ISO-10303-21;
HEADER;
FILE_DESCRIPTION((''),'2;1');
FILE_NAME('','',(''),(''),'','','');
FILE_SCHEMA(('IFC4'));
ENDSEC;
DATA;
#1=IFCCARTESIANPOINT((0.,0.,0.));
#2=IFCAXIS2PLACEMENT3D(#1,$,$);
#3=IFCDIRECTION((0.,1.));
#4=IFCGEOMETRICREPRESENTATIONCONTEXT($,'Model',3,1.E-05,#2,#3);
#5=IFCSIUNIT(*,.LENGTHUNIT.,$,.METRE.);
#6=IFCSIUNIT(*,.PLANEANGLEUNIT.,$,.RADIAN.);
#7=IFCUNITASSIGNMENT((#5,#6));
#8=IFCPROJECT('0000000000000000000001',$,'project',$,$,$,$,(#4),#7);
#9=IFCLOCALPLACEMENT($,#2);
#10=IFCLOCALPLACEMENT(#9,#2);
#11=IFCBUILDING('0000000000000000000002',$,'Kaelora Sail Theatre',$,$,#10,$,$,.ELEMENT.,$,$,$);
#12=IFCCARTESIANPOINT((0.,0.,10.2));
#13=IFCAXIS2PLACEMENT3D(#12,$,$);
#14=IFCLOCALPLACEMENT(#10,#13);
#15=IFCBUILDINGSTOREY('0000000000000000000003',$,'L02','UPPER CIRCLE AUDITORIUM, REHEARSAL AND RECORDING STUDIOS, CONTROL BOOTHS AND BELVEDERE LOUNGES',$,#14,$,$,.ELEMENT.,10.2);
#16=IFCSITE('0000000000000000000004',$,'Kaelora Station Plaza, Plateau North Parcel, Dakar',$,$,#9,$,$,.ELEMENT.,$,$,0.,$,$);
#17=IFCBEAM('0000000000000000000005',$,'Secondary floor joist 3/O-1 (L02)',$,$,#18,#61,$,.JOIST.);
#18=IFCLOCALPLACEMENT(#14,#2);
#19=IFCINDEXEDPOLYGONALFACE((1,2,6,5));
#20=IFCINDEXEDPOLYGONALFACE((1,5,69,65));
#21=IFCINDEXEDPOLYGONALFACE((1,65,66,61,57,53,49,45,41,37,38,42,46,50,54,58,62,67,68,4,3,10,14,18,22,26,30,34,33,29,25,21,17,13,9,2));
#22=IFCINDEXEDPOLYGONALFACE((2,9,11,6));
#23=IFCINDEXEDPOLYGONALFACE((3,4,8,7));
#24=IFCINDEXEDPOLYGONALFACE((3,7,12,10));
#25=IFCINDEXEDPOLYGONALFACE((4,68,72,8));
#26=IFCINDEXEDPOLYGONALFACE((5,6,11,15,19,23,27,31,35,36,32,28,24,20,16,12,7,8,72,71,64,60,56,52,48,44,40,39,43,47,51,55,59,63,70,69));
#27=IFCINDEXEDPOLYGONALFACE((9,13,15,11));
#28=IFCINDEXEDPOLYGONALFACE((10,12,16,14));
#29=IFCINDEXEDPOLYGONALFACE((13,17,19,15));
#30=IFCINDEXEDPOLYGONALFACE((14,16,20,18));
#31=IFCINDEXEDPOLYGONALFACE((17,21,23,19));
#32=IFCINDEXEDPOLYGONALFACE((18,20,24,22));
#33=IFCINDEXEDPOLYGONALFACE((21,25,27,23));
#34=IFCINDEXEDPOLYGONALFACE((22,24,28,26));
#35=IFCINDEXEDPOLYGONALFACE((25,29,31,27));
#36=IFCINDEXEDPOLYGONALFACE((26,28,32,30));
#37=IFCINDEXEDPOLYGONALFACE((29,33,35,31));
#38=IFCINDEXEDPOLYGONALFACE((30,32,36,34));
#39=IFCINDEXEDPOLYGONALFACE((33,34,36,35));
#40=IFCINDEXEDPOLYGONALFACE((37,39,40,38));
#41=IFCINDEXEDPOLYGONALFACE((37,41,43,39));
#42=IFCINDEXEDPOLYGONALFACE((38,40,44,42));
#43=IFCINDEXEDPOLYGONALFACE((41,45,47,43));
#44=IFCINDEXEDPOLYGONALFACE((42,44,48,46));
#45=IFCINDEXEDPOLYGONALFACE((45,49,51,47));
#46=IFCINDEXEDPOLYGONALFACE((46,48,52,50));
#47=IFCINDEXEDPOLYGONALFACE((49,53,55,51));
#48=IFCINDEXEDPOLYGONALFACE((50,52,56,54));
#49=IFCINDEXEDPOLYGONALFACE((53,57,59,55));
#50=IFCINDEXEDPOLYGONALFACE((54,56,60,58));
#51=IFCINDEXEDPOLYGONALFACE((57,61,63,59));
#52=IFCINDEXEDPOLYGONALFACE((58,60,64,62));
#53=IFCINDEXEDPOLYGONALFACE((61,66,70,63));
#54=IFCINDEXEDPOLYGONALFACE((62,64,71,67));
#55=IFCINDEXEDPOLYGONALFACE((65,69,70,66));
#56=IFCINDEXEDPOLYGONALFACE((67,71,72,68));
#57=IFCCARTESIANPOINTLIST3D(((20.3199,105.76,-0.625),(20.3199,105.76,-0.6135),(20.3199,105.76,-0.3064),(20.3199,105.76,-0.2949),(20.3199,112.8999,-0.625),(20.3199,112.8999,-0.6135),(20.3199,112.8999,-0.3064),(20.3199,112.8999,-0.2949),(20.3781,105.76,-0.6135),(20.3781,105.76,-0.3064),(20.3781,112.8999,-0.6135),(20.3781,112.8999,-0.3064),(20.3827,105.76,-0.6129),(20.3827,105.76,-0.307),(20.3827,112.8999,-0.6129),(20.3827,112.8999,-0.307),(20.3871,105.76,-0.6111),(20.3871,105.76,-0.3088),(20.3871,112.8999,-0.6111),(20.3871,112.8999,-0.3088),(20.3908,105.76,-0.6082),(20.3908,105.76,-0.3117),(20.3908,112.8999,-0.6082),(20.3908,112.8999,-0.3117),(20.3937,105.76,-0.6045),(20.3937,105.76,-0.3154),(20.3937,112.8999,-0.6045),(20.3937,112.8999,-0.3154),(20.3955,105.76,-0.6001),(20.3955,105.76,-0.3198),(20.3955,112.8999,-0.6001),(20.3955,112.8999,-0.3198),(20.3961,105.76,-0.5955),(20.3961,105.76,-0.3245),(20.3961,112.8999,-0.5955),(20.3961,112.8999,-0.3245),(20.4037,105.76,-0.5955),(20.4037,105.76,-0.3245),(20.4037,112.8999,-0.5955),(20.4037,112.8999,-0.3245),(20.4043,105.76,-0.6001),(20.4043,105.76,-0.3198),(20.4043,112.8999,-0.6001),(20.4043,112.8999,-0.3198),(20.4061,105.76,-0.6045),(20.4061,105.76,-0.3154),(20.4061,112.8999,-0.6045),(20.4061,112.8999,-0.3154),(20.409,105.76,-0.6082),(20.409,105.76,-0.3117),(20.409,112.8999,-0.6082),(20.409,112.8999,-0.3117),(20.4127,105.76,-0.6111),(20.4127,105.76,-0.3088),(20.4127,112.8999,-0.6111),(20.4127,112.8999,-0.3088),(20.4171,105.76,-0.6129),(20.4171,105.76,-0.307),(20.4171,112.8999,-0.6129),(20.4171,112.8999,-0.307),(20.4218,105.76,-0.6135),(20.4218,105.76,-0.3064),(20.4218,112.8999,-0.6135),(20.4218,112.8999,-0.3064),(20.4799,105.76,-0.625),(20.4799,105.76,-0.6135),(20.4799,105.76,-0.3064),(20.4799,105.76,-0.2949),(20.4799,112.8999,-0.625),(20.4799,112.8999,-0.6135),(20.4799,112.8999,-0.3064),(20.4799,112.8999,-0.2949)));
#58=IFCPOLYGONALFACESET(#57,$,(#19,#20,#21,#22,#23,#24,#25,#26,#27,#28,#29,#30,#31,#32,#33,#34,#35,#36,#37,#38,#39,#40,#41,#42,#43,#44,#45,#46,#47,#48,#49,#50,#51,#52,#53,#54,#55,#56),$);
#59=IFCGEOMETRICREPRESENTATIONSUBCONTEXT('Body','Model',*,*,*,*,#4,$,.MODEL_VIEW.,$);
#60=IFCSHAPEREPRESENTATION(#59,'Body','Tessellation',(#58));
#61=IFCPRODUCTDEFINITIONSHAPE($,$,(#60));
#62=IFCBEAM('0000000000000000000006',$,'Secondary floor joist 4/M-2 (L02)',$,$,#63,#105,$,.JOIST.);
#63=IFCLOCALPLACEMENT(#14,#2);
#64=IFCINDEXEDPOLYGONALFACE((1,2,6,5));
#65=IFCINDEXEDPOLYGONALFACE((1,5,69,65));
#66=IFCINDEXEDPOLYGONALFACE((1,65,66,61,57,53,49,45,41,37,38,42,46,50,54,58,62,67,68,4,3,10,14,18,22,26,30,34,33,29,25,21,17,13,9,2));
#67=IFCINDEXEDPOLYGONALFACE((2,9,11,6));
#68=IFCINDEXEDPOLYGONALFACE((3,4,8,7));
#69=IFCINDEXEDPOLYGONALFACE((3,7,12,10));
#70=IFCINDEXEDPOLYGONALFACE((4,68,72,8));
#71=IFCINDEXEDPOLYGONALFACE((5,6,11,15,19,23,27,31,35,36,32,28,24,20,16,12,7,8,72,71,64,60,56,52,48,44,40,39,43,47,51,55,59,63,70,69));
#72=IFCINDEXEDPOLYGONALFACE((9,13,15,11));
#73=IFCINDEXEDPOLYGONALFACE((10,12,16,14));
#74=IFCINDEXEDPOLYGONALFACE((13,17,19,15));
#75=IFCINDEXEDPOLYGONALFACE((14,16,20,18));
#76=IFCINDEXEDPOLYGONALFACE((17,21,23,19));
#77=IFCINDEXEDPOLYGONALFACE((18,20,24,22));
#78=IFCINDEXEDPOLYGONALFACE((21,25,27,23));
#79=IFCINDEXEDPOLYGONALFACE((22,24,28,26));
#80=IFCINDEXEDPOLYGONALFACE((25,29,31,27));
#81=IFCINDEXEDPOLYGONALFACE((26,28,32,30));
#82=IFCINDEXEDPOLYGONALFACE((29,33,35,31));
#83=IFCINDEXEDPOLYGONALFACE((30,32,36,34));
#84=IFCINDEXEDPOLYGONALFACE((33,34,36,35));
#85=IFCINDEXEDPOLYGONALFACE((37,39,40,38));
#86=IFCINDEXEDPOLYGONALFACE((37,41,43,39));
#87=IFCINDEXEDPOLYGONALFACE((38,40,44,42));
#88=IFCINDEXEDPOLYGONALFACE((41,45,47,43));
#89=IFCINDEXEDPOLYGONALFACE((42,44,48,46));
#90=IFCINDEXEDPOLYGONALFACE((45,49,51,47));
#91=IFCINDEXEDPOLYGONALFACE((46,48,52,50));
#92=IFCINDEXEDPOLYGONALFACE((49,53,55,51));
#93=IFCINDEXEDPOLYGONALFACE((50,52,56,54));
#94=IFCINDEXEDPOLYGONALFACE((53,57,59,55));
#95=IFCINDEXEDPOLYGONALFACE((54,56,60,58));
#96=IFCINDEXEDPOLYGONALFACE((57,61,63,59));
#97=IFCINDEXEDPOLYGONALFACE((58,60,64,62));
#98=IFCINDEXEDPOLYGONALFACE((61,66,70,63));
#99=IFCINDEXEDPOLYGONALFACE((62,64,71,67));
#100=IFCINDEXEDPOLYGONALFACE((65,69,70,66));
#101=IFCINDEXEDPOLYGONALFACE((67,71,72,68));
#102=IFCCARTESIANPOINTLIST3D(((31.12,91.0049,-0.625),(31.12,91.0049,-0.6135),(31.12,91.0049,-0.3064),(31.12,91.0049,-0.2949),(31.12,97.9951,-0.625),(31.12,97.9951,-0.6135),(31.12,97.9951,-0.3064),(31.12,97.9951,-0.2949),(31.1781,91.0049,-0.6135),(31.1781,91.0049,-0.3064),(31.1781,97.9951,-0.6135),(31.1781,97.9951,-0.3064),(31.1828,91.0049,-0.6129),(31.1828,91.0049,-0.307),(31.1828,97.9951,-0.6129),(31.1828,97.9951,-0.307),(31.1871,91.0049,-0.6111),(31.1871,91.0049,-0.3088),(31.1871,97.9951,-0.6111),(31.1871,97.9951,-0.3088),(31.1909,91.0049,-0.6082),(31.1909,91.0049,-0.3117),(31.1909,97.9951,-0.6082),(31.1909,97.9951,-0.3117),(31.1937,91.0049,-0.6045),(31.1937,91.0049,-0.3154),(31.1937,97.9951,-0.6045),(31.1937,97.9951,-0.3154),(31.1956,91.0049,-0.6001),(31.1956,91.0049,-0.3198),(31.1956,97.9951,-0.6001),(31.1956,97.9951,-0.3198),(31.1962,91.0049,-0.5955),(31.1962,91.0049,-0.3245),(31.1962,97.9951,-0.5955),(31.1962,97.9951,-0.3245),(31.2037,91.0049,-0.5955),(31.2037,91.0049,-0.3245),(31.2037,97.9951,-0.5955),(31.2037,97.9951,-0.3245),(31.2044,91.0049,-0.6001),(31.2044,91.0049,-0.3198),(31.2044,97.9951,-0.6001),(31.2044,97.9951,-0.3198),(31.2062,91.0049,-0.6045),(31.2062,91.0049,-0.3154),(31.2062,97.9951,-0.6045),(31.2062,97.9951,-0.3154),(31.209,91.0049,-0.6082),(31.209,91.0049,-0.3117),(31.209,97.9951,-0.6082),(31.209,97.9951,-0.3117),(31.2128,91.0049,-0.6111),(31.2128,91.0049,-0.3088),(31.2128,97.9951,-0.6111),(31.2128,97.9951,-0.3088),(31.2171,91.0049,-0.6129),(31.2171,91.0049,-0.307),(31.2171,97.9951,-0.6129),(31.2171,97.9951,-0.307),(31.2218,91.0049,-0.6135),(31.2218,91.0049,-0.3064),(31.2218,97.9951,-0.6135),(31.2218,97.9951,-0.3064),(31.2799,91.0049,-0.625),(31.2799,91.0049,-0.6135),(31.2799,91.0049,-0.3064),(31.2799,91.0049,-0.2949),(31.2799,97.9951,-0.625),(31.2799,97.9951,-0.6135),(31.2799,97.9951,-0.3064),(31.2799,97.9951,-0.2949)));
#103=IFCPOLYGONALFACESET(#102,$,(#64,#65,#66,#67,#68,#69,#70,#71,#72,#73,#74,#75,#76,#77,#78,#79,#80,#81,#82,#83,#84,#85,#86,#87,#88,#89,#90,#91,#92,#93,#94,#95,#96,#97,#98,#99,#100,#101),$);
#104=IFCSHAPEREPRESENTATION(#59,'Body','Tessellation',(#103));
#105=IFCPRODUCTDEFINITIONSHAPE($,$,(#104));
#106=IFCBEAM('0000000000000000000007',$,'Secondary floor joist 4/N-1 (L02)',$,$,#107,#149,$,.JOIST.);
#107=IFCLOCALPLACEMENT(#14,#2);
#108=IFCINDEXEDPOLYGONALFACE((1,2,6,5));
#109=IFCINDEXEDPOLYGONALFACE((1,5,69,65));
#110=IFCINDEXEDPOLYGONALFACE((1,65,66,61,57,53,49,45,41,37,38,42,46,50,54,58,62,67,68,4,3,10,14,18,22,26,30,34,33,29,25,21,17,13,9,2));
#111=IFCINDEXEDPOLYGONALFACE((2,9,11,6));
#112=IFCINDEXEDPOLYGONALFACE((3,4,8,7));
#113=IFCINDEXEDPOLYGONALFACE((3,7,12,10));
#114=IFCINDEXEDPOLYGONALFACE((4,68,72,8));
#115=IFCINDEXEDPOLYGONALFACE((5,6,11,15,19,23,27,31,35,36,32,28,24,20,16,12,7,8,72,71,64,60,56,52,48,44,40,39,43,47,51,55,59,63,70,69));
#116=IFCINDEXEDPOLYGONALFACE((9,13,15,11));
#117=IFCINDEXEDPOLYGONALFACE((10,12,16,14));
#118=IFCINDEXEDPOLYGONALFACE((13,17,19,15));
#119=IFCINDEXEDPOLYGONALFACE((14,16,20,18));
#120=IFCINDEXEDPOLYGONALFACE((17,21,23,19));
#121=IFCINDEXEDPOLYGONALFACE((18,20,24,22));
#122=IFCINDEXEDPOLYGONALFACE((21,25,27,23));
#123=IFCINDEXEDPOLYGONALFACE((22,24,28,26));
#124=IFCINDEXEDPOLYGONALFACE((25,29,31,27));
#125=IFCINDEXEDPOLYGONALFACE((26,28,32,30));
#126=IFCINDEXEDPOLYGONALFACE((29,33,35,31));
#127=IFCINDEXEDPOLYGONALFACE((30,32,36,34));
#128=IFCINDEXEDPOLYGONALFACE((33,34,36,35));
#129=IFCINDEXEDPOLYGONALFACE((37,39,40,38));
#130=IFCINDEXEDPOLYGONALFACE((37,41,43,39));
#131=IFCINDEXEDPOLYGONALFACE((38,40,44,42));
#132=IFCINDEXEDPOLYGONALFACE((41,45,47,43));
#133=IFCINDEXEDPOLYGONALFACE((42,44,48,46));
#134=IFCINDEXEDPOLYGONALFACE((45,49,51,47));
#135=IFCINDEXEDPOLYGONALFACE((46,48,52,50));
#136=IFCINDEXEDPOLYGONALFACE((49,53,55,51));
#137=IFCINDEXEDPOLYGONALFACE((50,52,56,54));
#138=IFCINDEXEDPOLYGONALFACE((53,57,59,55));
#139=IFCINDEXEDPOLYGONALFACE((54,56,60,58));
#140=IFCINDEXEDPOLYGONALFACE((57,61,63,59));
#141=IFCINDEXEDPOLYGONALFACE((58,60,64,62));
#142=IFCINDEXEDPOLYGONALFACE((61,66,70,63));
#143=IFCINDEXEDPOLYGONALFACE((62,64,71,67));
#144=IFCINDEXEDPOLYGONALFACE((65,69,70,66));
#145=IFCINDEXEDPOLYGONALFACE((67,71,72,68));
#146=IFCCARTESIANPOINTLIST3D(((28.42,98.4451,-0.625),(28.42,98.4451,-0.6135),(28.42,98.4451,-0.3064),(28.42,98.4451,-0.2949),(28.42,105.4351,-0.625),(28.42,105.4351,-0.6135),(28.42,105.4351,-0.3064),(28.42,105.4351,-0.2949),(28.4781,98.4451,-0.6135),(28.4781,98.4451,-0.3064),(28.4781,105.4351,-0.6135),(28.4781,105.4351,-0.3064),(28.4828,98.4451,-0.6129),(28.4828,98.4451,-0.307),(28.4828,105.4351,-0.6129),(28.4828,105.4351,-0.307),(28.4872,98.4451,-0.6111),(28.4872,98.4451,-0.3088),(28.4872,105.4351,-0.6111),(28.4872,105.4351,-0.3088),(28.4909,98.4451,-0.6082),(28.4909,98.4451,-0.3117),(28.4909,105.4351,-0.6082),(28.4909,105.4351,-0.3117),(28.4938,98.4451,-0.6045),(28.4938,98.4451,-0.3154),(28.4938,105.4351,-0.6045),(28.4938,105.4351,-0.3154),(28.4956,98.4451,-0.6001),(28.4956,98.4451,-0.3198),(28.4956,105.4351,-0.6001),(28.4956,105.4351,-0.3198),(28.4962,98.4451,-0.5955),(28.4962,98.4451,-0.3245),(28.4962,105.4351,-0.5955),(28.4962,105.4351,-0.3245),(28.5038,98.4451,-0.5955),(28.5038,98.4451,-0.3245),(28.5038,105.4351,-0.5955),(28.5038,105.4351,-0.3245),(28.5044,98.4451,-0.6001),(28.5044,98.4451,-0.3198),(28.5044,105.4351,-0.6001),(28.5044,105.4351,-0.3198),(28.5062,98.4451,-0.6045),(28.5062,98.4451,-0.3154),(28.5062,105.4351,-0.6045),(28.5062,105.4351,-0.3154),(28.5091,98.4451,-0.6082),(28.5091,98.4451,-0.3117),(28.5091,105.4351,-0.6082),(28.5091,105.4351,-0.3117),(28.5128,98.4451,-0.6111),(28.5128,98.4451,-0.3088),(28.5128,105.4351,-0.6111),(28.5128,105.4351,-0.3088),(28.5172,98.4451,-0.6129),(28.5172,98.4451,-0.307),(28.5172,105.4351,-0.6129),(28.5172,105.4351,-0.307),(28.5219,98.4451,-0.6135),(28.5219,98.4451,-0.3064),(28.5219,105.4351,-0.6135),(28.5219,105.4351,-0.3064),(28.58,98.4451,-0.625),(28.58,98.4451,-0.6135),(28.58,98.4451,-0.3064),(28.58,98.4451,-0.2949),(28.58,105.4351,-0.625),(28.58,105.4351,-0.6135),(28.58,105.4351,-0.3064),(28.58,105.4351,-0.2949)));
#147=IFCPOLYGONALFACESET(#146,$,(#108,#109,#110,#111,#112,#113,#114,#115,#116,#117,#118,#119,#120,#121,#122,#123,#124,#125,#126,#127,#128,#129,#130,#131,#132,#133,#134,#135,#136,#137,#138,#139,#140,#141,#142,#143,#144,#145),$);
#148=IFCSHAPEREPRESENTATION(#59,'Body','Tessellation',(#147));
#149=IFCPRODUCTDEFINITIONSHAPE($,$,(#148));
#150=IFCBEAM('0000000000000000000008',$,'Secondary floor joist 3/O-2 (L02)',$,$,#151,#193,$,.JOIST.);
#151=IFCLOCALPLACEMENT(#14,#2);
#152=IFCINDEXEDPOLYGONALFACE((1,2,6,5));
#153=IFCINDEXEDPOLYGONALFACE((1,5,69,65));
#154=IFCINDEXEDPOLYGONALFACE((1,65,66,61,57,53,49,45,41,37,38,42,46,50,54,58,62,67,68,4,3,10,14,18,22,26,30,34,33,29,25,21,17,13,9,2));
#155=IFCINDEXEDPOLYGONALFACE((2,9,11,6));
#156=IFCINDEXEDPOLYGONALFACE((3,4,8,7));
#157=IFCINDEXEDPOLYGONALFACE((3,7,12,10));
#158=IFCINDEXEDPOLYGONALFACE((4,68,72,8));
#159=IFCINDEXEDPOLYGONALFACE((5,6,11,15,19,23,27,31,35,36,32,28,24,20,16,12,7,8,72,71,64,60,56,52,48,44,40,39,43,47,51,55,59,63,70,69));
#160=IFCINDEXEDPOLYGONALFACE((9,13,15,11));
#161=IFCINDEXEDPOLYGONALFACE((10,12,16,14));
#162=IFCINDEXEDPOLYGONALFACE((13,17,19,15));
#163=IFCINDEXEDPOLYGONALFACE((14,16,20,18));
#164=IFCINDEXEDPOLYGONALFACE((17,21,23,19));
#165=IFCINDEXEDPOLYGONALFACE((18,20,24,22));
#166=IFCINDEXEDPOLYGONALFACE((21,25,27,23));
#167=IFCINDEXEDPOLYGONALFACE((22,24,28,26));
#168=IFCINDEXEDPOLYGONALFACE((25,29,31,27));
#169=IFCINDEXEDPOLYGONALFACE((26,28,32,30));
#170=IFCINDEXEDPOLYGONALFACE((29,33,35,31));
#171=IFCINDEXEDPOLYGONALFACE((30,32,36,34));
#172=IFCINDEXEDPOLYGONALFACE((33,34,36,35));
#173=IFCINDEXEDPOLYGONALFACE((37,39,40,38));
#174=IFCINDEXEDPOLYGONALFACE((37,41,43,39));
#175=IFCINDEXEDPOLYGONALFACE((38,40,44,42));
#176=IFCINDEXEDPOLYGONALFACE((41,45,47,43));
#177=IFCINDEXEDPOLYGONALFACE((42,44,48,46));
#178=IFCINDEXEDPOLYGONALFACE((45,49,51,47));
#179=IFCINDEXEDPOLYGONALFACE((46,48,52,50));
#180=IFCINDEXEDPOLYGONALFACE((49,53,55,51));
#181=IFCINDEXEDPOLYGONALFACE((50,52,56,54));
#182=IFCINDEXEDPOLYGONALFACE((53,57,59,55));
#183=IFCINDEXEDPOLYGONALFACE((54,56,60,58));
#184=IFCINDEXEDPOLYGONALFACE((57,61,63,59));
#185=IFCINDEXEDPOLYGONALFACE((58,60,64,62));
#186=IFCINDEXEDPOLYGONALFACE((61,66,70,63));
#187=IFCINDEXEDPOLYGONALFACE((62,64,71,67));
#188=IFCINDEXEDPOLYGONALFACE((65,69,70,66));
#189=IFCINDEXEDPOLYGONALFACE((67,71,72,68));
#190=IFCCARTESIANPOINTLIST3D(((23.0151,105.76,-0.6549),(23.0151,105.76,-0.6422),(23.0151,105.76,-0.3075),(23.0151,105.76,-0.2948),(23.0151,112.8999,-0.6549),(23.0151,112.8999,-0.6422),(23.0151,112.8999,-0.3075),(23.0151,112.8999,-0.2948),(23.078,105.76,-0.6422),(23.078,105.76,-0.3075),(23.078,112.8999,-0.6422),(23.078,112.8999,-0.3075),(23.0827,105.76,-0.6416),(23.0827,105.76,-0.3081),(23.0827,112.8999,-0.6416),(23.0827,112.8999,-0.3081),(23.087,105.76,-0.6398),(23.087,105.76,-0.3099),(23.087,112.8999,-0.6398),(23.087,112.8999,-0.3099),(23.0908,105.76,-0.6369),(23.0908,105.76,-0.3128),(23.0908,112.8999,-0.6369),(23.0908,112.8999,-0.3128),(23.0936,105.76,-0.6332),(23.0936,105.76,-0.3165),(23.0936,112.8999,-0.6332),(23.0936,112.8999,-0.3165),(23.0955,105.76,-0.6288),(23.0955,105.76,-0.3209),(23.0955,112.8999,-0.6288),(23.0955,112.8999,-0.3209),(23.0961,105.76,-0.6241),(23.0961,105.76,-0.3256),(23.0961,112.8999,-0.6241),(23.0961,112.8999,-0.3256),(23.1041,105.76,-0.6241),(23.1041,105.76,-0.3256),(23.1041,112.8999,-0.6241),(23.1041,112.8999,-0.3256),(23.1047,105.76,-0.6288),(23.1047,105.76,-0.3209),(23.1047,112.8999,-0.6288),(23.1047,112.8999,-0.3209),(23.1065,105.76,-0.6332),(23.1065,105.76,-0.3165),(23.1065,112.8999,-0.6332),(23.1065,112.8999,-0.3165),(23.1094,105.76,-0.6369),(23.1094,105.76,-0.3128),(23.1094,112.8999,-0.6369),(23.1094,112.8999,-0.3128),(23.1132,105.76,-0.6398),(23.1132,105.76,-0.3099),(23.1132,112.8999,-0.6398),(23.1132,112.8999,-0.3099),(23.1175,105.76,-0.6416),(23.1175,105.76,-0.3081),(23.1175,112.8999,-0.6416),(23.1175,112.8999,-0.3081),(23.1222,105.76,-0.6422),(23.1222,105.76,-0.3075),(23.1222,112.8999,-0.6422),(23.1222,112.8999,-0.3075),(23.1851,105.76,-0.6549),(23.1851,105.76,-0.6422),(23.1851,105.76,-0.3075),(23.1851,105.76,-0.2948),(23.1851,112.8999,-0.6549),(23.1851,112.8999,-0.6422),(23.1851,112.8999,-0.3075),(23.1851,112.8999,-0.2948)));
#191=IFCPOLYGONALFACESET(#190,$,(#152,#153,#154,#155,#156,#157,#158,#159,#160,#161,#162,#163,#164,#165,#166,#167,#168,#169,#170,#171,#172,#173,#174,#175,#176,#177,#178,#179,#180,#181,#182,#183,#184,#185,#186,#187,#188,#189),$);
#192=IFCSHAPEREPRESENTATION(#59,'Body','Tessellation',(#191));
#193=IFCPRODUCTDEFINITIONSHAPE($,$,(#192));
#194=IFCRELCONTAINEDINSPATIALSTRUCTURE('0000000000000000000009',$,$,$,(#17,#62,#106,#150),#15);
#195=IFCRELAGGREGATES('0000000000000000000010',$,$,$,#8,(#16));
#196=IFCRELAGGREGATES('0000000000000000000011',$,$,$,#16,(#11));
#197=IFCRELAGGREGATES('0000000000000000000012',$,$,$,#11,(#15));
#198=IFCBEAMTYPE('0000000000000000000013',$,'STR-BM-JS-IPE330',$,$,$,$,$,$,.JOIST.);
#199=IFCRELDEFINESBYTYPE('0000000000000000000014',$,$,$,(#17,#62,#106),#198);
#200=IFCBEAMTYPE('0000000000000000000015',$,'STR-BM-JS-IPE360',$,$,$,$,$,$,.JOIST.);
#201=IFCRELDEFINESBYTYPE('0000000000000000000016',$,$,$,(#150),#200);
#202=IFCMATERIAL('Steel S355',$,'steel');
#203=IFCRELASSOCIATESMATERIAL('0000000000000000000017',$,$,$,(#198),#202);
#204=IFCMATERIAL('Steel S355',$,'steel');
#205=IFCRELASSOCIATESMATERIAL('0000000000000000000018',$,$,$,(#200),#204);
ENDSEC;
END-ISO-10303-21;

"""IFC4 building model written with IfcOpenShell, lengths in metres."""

from ifc_helpers import new_model, si_unit, direction, frame, origin, origin_2d, place, context, subcontext, project, spatial, i_section, extrude, material, material_profile, profile_set, type_object, element, save


model = new_model("IFC4")

# Units and contexts
model_context = context("Model", 3, precision=1e-05, world=origin(), true_north=direction((0.0, 1.0)))
body_context = subcontext(model_context, "Body", "Model", "MODEL_VIEW")
ifc_project = project(units=[si_unit("LENGTHUNIT", "METRE"), si_unit("PLANEANGLEUNIT", "RADIAN")], contexts=[model_context])

# Site, building, storey
site_placement = place(None, origin())
site = spatial("IfcSite", under=ifc_project, at=site_placement, Name="Kaelora Station Plaza, Plateau North Parcel, Dakar", CompositionType="ELEMENT", RefElevation=0.0)
building_placement = place(site_placement, origin())
building = spatial("IfcBuilding", under=site, at=building_placement, Name="Kaelora Sail Theatre", CompositionType="ELEMENT")
storey_placement = place(building_placement, frame((0.0, 0.0, 10.2)))
storey = spatial("IfcBuildingStorey", under=building, at=storey_placement, Name="L02", Description="UPPER CIRCLE AUDITORIUM, REHEARSAL AND RECORDING STUDIOS, CONTROL BOOTHS AND BELVEDERE LOUNGES", CompositionType="ELEMENT", Elevation=10.2)

# Beams
ifc_material_1 = material(Name="Steel S355", Category="steel")
ifc_material_profile_1 = material_profile(ifc_material_1, i_section(OverallWidth=0.1599, OverallDepth=0.3301, WebThickness=0.0076, FlangeThickness=0.0115, FilletRadius=0.0181, at=origin_2d()), Name="IPE 330")
ifc_profile_set_1 = profile_set([ifc_material_profile_1], Name="Steel S355")
beam_type_1 = type_object("IfcBeamType", Name="STR-BM-JS-IPE330", PredefinedType="JOIST", material=ifc_profile_set_1)
beam_1_placement = place(storey_placement, frame((20.3999, 105.76, -0.46), z_axis=(0.0, 1.0, 0.0), x_axis=(-1.0, 0.0, 0.0)))
element("IfcBeam", 1, at=beam_1_placement, inside=storey, type_object=beam_type_1, Name="Secondary floor joist 3/O-1 (L02)", PredefinedType="JOIST", context=body_context, shape_type="SweptSolid", body=[
    extrude(i_section(OverallWidth=0.1599, OverallDepth=0.3301, WebThickness=0.0076, FlangeThickness=0.0115, FilletRadius=0.0181, at=origin_2d()), origin(), (0.0, 0.0, 1.0), 7.1399),
])
beam_2_placement = place(storey_placement, frame((31.2, 91.0049, -0.46), z_axis=(0.0, 1.0, 0.0), x_axis=(-1.0, 0.0, 0.0)))
element("IfcBeam", 2, at=beam_2_placement, inside=storey, type_object=beam_type_1, Name="Secondary floor joist 4/M-2 (L02)", PredefinedType="JOIST", context=body_context, shape_type="SweptSolid", body=[
    extrude(i_section(OverallWidth=0.1599, OverallDepth=0.3301, WebThickness=0.0076, FlangeThickness=0.0115, FilletRadius=0.0181, at=origin_2d()), origin(), (0.0, 0.0, 1.0), 6.9902),
])
beam_3_placement = place(storey_placement, frame((28.5, 98.4451, -0.46), z_axis=(0.0, 1.0, 0.0), x_axis=(-1.0, 0.0, 0.0)))
element("IfcBeam", 3, at=beam_3_placement, inside=storey, type_object=beam_type_1, Name="Secondary floor joist 4/N-1 (L02)", PredefinedType="JOIST", context=body_context, shape_type="SweptSolid", body=[
    extrude(i_section(OverallWidth=0.1599, OverallDepth=0.3301, WebThickness=0.0076, FlangeThickness=0.0115, FilletRadius=0.0181, at=origin_2d()), origin(), (0.0, 0.0, 1.0), 6.99),
])
ifc_material_2 = material(Name="Steel S355", Category="steel")
ifc_material_profile_2 = material_profile(ifc_material_2, i_section(OverallWidth=0.1699, OverallDepth=0.3601, WebThickness=0.0081, FlangeThickness=0.0127, FilletRadius=0.0181, at=origin_2d()), Name="IPE 360")
ifc_profile_set_2 = profile_set([ifc_material_profile_2], Name="Steel S355")
beam_type_2 = type_object("IfcBeamType", Name="STR-BM-JS-IPE360", PredefinedType="JOIST", material=ifc_profile_set_2)
beam_4_placement = place(storey_placement, frame((23.1001, 105.76, -0.4749), z_axis=(0.0, 1.0, 0.0), x_axis=(-1.0, 0.0, 0.0)))
element("IfcBeam", 4, at=beam_4_placement, inside=storey, type_object=beam_type_2, Name="Secondary floor joist 3/O-2 (L02)", PredefinedType="JOIST", context=body_context, shape_type="SweptSolid", body=[
    extrude(i_section(OverallWidth=0.1699, OverallDepth=0.3601, WebThickness=0.0081, FlangeThickness=0.0127, FilletRadius=0.0181, at=origin_2d()), origin(), (0.0, 0.0, 1.0), 7.1399),
])

save(model, "model.ifc")
